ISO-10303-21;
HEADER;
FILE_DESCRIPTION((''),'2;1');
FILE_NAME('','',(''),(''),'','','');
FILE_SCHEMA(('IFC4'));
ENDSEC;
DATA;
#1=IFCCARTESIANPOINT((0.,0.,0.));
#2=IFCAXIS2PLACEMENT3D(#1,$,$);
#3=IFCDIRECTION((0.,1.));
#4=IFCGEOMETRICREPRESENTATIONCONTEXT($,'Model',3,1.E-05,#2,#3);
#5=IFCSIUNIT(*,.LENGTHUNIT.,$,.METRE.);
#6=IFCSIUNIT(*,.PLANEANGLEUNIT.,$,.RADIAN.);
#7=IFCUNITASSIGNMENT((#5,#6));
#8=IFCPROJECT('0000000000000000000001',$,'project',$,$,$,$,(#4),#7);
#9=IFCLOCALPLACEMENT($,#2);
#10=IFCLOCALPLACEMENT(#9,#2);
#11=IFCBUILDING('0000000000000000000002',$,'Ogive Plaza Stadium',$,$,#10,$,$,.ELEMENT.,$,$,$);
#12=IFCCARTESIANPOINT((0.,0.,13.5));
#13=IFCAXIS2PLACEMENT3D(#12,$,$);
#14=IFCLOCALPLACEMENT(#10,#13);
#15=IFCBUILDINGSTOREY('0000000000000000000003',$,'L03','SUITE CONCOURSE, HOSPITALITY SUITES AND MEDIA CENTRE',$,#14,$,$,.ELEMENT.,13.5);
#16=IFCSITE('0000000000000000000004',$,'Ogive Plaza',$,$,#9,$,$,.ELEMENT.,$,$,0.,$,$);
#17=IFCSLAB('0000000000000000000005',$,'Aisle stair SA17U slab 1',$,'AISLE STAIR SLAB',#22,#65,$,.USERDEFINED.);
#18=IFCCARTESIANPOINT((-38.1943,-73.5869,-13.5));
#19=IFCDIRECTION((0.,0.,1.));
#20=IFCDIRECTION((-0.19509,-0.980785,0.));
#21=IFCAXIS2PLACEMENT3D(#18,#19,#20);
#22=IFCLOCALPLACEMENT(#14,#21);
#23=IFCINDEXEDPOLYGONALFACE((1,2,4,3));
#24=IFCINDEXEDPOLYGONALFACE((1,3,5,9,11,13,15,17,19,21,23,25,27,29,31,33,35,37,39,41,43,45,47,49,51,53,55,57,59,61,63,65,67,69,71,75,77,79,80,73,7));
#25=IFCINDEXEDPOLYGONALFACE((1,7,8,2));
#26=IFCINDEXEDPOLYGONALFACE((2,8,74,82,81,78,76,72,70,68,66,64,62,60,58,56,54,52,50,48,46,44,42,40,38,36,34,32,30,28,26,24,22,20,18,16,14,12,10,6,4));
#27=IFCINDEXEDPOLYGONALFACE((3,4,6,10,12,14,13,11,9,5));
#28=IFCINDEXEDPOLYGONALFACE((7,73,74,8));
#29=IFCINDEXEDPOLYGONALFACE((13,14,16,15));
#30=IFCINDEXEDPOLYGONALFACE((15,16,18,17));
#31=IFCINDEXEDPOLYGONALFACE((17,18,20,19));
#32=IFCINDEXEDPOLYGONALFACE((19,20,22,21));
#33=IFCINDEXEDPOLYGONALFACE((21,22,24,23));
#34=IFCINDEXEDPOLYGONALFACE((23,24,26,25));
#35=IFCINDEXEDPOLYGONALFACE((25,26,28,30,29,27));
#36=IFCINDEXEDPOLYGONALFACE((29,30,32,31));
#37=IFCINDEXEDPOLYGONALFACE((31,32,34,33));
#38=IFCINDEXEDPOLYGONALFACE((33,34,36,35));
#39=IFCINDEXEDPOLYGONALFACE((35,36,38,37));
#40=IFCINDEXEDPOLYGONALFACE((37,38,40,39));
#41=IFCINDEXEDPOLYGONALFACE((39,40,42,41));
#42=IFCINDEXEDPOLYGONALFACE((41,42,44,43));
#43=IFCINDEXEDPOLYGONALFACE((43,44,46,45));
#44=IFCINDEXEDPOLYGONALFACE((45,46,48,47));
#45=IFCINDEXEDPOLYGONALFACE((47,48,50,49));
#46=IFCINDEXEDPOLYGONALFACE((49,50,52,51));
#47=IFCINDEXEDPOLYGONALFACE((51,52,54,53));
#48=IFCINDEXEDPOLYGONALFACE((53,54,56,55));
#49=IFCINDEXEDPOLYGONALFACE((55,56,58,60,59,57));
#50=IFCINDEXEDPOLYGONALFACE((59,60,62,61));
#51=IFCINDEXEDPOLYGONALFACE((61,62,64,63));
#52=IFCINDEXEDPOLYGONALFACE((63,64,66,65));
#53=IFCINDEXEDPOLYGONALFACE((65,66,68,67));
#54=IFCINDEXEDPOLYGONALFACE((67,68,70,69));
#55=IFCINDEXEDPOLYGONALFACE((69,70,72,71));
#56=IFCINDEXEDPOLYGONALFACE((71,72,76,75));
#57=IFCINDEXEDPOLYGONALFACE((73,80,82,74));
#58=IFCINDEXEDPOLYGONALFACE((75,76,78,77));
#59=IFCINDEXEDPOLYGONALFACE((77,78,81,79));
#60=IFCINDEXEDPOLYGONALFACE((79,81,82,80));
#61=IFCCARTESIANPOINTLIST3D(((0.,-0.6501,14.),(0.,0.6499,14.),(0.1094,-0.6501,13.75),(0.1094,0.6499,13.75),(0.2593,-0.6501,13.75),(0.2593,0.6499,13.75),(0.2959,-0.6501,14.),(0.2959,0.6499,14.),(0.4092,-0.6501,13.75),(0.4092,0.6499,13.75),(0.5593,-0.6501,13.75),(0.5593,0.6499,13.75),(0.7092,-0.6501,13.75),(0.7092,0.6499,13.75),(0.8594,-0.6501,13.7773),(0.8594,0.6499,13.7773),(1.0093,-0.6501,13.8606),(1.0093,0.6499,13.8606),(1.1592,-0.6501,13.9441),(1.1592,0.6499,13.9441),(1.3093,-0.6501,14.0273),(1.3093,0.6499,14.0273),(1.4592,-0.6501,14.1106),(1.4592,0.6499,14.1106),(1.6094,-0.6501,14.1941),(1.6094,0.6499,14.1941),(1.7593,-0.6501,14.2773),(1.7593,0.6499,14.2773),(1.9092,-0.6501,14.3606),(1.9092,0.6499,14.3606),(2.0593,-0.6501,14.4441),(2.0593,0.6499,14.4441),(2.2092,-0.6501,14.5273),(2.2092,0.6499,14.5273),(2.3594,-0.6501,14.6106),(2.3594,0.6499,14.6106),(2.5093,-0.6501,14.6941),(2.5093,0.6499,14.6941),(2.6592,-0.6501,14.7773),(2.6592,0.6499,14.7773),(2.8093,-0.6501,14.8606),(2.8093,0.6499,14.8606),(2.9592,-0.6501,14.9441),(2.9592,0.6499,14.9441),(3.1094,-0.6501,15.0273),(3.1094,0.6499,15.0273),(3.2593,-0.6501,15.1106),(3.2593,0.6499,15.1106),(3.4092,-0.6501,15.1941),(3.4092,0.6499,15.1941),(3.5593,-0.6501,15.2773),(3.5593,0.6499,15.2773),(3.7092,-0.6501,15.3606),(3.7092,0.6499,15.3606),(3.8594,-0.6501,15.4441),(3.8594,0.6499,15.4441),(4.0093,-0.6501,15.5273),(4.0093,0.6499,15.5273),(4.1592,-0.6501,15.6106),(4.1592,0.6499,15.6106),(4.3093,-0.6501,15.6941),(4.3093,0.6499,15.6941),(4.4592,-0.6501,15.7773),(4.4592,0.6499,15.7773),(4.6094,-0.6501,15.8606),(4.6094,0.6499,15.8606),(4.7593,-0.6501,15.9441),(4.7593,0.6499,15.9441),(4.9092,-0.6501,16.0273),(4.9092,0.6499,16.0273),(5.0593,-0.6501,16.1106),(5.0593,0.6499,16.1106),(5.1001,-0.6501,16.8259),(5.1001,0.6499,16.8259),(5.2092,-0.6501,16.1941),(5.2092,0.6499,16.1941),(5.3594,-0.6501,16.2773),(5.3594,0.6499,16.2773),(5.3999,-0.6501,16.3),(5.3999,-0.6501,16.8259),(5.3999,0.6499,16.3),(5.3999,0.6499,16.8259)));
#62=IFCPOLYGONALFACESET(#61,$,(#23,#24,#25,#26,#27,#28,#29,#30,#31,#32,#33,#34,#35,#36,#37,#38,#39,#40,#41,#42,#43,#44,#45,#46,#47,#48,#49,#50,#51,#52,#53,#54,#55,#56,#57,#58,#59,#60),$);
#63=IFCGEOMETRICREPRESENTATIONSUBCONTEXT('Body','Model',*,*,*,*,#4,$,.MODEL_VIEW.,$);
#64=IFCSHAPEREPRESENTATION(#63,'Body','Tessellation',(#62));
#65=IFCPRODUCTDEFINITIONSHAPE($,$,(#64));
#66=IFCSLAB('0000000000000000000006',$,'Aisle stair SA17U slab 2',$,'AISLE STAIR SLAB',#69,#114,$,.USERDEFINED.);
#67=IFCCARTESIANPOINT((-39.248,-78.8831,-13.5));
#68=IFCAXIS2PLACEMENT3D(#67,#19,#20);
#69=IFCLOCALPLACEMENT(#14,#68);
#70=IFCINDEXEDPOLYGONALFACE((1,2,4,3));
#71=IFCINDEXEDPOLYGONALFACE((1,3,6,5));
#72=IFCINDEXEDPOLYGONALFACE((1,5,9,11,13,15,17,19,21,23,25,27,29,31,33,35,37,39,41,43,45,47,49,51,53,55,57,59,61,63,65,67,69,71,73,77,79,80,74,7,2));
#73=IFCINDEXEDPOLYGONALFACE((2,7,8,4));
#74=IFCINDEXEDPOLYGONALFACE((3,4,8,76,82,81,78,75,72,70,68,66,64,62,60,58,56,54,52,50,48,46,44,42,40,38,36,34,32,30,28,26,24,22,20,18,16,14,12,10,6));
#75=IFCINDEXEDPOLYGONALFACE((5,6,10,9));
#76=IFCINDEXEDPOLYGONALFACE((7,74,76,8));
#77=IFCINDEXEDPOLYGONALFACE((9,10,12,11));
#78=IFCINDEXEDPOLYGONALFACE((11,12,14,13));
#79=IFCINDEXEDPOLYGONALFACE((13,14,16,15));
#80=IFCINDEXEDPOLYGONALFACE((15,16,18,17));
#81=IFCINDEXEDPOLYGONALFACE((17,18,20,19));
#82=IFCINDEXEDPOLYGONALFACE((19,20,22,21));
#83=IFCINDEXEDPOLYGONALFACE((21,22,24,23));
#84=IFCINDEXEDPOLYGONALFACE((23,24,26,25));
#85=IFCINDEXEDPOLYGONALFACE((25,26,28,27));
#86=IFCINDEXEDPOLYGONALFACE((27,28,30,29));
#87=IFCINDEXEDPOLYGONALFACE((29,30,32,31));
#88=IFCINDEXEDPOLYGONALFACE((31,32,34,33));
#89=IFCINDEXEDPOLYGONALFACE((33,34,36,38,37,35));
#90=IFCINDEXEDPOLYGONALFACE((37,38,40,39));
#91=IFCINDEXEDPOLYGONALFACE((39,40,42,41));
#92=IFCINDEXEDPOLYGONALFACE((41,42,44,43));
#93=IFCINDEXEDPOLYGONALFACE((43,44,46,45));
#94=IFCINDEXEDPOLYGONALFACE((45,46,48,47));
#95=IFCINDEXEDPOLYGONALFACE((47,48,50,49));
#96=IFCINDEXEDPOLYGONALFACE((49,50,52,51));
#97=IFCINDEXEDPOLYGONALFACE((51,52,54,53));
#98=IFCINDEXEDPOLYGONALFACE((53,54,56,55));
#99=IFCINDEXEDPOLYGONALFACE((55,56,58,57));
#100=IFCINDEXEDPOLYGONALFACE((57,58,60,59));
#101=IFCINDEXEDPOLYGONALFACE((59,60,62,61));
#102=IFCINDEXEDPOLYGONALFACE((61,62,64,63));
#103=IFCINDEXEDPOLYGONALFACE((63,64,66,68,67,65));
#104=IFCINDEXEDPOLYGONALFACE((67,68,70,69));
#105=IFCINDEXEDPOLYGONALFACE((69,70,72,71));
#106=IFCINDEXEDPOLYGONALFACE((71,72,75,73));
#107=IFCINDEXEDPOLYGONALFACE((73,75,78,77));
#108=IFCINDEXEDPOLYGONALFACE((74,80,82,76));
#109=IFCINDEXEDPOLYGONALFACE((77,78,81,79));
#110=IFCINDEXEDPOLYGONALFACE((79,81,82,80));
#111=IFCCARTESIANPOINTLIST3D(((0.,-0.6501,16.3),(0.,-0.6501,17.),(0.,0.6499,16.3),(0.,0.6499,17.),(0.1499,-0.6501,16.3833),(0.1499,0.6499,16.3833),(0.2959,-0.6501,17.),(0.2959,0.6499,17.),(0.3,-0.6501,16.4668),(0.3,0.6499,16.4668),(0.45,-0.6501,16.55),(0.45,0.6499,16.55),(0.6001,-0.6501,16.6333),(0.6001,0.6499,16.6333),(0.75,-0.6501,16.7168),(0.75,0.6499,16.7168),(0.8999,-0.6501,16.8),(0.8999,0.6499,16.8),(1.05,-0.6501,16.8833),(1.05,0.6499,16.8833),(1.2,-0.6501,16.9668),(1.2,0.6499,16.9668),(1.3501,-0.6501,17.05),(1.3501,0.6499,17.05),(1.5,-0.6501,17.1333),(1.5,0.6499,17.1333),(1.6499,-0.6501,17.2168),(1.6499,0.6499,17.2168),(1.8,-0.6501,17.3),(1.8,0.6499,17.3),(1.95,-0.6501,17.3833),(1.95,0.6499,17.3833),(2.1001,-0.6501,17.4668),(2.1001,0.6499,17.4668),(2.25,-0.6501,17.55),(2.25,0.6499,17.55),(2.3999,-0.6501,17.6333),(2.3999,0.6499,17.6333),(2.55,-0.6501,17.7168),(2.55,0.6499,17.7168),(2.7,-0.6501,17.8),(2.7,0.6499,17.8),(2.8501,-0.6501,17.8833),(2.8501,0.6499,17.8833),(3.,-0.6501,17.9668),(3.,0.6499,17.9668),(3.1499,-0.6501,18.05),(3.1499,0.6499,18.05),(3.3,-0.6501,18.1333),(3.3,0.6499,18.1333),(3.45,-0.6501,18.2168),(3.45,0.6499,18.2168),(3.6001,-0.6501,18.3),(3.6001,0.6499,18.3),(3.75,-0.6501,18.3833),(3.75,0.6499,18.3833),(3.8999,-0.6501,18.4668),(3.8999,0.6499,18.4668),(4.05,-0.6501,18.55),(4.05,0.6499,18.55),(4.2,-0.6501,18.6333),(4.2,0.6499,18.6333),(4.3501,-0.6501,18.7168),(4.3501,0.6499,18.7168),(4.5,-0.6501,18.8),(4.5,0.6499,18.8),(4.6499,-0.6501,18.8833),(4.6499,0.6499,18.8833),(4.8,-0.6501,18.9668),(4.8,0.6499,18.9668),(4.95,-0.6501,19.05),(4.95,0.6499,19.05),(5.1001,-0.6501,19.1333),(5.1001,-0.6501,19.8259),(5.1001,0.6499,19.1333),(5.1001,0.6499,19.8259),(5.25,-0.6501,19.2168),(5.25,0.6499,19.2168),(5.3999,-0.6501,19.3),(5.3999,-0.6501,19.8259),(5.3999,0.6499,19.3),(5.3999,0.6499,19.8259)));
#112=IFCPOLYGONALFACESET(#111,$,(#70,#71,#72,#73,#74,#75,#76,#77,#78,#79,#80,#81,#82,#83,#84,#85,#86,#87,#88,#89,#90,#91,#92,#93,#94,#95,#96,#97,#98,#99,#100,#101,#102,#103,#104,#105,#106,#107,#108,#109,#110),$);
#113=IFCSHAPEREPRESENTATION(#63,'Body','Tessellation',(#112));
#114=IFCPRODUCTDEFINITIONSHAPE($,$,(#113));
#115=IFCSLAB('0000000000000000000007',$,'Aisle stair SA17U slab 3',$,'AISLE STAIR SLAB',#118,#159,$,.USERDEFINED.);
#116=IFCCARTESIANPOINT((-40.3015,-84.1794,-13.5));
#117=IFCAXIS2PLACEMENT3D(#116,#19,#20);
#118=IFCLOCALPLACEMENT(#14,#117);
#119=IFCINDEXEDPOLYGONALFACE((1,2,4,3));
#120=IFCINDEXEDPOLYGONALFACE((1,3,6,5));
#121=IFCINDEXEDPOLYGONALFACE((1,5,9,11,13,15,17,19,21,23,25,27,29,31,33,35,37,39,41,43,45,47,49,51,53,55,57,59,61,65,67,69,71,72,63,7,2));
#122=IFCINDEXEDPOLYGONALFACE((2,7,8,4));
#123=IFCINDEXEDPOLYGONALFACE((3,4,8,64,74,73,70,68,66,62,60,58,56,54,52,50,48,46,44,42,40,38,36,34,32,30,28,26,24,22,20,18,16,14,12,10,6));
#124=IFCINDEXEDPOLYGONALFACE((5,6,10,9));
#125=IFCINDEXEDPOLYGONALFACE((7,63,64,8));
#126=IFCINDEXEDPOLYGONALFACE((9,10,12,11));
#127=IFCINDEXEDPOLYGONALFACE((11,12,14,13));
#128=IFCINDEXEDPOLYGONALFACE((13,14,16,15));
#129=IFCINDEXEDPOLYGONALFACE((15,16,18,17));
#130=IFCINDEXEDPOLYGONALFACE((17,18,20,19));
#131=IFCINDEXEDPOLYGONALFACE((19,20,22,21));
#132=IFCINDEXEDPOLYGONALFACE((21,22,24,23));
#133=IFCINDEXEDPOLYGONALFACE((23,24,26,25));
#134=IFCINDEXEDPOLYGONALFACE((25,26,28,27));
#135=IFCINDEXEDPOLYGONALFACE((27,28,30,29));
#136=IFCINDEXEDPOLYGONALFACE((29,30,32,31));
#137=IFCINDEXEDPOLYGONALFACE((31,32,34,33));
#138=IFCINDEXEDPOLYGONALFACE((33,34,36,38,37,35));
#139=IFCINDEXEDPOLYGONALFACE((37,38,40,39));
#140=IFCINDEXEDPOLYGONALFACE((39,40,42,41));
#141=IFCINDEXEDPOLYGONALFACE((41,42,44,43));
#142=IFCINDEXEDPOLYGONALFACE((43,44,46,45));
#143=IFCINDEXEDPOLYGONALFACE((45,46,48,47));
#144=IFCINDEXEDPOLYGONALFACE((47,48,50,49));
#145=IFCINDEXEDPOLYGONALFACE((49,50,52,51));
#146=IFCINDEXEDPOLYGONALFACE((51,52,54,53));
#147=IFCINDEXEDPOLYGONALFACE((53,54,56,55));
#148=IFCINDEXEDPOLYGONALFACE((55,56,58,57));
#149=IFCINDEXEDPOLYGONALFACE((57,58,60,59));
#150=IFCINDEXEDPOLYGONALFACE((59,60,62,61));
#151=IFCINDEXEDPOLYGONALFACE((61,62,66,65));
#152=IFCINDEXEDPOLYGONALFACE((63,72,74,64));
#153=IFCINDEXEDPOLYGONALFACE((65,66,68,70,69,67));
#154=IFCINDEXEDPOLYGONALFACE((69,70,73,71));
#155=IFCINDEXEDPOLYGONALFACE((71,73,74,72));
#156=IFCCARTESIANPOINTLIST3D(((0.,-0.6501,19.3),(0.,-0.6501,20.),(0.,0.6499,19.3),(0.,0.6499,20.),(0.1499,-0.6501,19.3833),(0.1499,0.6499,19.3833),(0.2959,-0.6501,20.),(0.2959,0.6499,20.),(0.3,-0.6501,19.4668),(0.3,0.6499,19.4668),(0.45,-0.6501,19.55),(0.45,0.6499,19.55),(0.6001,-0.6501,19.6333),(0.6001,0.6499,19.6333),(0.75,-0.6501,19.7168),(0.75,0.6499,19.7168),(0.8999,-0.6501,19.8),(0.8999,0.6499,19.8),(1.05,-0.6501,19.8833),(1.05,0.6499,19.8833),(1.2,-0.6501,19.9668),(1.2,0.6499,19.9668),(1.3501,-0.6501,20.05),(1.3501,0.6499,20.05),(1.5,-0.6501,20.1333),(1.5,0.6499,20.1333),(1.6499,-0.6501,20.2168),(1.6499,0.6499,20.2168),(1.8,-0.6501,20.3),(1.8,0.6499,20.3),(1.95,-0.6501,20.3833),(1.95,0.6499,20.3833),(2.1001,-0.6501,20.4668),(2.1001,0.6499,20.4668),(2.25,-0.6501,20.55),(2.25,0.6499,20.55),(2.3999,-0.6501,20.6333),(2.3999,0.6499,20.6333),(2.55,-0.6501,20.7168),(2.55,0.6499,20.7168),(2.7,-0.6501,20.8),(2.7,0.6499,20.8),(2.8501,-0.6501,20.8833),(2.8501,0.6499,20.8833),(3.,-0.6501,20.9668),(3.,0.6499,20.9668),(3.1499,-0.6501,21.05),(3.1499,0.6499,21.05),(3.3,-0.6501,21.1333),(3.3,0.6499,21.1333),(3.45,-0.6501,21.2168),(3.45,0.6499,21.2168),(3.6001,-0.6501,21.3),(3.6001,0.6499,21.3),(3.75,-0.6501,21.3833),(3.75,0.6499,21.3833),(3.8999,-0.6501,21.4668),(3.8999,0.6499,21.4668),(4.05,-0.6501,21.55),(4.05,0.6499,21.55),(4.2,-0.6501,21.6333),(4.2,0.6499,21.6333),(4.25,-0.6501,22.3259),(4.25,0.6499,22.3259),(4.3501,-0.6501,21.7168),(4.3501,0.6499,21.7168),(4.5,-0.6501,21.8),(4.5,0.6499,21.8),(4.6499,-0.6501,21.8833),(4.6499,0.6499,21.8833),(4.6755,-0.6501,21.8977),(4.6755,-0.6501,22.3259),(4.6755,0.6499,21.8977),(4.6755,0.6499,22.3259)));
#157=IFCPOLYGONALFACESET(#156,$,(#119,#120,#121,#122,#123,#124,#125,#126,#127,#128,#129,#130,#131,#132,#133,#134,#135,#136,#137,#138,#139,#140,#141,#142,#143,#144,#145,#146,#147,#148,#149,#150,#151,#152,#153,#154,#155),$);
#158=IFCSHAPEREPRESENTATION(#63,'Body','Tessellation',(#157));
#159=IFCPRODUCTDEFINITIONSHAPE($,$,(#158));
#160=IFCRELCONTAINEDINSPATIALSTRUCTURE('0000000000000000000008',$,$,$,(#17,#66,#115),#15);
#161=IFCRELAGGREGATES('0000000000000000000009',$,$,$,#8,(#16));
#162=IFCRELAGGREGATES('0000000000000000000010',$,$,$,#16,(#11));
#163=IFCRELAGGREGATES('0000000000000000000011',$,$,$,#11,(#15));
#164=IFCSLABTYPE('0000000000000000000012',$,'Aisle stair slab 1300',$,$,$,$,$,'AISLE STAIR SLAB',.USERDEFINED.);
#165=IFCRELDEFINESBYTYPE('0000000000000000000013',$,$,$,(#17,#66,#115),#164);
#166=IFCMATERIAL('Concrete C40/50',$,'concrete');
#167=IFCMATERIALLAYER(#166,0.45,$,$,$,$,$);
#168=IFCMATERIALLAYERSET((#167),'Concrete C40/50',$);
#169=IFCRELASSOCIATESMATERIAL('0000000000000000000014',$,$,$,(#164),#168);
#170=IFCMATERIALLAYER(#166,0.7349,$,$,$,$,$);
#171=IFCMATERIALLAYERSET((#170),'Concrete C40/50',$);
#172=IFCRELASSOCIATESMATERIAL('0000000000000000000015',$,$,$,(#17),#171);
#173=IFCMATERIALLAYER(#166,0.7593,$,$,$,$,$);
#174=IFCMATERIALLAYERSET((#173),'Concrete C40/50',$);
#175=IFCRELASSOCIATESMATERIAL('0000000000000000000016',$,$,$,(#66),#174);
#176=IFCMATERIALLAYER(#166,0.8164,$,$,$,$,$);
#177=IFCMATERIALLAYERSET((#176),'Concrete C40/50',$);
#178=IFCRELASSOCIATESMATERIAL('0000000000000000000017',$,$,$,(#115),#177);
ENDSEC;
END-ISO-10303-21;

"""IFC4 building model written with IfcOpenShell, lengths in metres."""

from ifc_helpers import new_model, si_unit, direction, frame, origin, place, context, subcontext, project, spatial, polyline, outline, extrude, material, layer, layer_set, type_object, element, save


model = new_model("IFC4")

# Units and contexts
model_context = context("Model", 3, precision=1e-05, world=origin(), true_north=direction((0.0, 1.0)))
body_context = subcontext(model_context, "Body", "Model", "MODEL_VIEW")
ifc_project = project(units=[si_unit("LENGTHUNIT", "METRE"), si_unit("PLANEANGLEUNIT", "RADIAN")], contexts=[model_context])

# Site, building, storey
site_placement = place(None, origin())
site = spatial("IfcSite", under=ifc_project, at=site_placement, Name="Ogive Plaza", CompositionType="ELEMENT", RefElevation=0.0)
building_placement = place(site_placement, origin())
building = spatial("IfcBuilding", under=site, at=building_placement, Name="Ogive Plaza Stadium", CompositionType="ELEMENT")
storey_placement = place(building_placement, frame((0.0, 0.0, 13.5)))
storey = spatial("IfcBuildingStorey", under=building, at=storey_placement, Name="L03", Description="SUITE CONCOURSE, HOSPITALITY SUITES AND MEDIA CENTRE", CompositionType="ELEMENT", Elevation=13.5)

# Slabs
ifc_material_1 = material(Name="Concrete C40/50", Category="concrete")
ifc_layer_1 = layer(ifc_material_1, 0.7349)
ifc_layer_set_1 = layer_set([ifc_layer_1], Name="Concrete C40/50")
ifc_layer_2 = layer(ifc_material_1, 0.45)
ifc_layer_set_2 = layer_set([ifc_layer_2], Name="Concrete C40/50")
slab_type = type_object("IfcSlabType", Name="Aisle stair slab 1300", ElementType="AISLE STAIR SLAB", PredefinedType="USERDEFINED", material=ifc_layer_set_2)
slab_1_placement = place(storey_placement, frame((-38.1943, -73.5869, -13.5), z_axis=(0.0, 0.0, 1.0), x_axis=(-0.19509, -0.980785, 0.0)))
element("IfcSlab", 1, at=slab_1_placement, inside=storey, type_object=slab_type, material=ifc_layer_set_1, Name="Aisle stair SA17U slab 1", ObjectType="AISLE STAIR SLAB", PredefinedType="USERDEFINED", context=body_context, shape_type="SweptSolid", body=[
    extrude(outline(polyline([(0.0, 14.0), (0.2959, 14.0), (5.1001, 16.8259), (5.3999, 16.8259), (5.3999, 16.3), (5.3594, 16.2773), (5.2092, 16.1941), (5.0593, 16.1106), (4.9092, 16.0273), (4.7593, 15.9441), (4.6094, 15.8606), (4.4592, 15.7773), (4.3093, 15.6941), (4.1592, 15.6106), (4.0093, 15.5273), (3.8594, 15.4441), (3.7092, 15.3606), (3.5593, 15.2773), (3.4092, 15.1941), (3.2593, 15.1106), (3.1094, 15.0273), (2.9592, 14.9441), (2.8093, 14.8606), (2.6592, 14.7773), (2.5093, 14.6941), (2.3594, 14.6106), (2.2092, 14.5273), (2.0593, 14.4441), (1.9092, 14.3606), (1.7593, 14.2773), (1.6094, 14.1941), (1.4592, 14.1106), (1.3093, 14.0273), (1.1592, 13.9441), (1.0093, 13.8606), (0.8594, 13.7773), (0.7092, 13.75), (0.5593, 13.75), (0.4092, 13.75), (0.2593, 13.75), (0.1094, 13.75), (0.0, 14.0)])), frame((0.0, 0.6499, 0.0), z_axis=(0.0, -1.0, 0.0), x_axis=(1.0, 0.0, 0.0)), (0.0, 0.0, 1.0), 1.3),
])
ifc_layer_3 = layer(ifc_material_1, 0.7593)
ifc_layer_set_3 = layer_set([ifc_layer_3], Name="Concrete C40/50")
slab_2_placement = place(storey_placement, frame((-39.248, -78.8831, -13.5), z_axis=(0.0, 0.0, 1.0), x_axis=(-0.19509, -0.980785, 0.0)))
element("IfcSlab", 2, at=slab_2_placement, inside=storey, type_object=slab_type, material=ifc_layer_set_3, Name="Aisle stair SA17U slab 2", ObjectType="AISLE STAIR SLAB", PredefinedType="USERDEFINED", context=body_context, shape_type="SweptSolid", body=[
    extrude(outline(polyline([(0.0, 17.0), (0.2959, 17.0), (5.1001, 19.8259), (5.3999, 19.8259), (5.3999, 19.3), (5.25, 19.2168), (5.1001, 19.1333), (4.95, 19.05), (4.8, 18.9668), (4.6499, 18.8833), (4.5, 18.8), (4.3501, 18.7168), (4.2, 18.6333), (4.05, 18.55), (3.8999, 18.4668), (3.75, 18.3833), (3.6001, 18.3), (3.45, 18.2168), (3.3, 18.1333), (3.1499, 18.05), (3.0, 17.9668), (2.8501, 17.8833), (2.7, 17.8), (2.55, 17.7168), (2.3999, 17.6333), (2.25, 17.55), (2.1001, 17.4668), (1.95, 17.3833), (1.8, 17.3), (1.6499, 17.2168), (1.5, 17.1333), (1.3501, 17.05), (1.2, 16.9668), (1.05, 16.8833), (0.8999, 16.8), (0.75, 16.7168), (0.6001, 16.6333), (0.45, 16.55), (0.3, 16.4668), (0.1499, 16.3833), (0.0, 16.3), (0.0, 17.0)])), frame((0.0, 0.6499, 0.0), z_axis=(0.0, -1.0, 0.0), x_axis=(1.0, 0.0, 0.0)), (0.0, 0.0, 1.0), 1.3),
])
ifc_layer_4 = layer(ifc_material_1, 0.8164)
ifc_layer_set_4 = layer_set([ifc_layer_4], Name="Concrete C40/50")
slab_3_placement = place(storey_placement, frame((-40.3015, -84.1794, -13.5), z_axis=(0.0, 0.0, 1.0), x_axis=(-0.19509, -0.980785, 0.0)))
element("IfcSlab", 3, at=slab_3_placement, inside=storey, type_object=slab_type, material=ifc_layer_set_4, Name="Aisle stair SA17U slab 3", ObjectType="AISLE STAIR SLAB", PredefinedType="USERDEFINED", context=body_context, shape_type="SweptSolid", body=[
    extrude(outline(polyline([(0.0, 20.0), (0.2959, 20.0), (4.25, 22.3259), (4.6755, 22.3259), (4.6755, 21.8977), (4.6499, 21.8833), (4.5, 21.8), (4.3501, 21.7168), (4.2, 21.6333), (4.05, 21.55), (3.8999, 21.4668), (3.75, 21.3833), (3.6001, 21.3), (3.45, 21.2168), (3.3, 21.1333), (3.1499, 21.05), (3.0, 20.9668), (2.8501, 20.8833), (2.7, 20.8), (2.55, 20.7168), (2.3999, 20.6333), (2.25, 20.55), (2.1001, 20.4668), (1.95, 20.3833), (1.8, 20.3), (1.6499, 20.2168), (1.5, 20.1333), (1.3501, 20.05), (1.2, 19.9668), (1.05, 19.8833), (0.8999, 19.8), (0.75, 19.7168), (0.6001, 19.6333), (0.45, 19.55), (0.3, 19.4668), (0.1499, 19.3833), (0.0, 19.3), (0.0, 20.0)])), frame((0.0, 0.6499, 0.0), z_axis=(0.0, -1.0, 0.0), x_axis=(1.0, 0.0, 0.0)), (0.0, 0.0, 1.0), 1.3),
])

save(model, "model.ifc")
